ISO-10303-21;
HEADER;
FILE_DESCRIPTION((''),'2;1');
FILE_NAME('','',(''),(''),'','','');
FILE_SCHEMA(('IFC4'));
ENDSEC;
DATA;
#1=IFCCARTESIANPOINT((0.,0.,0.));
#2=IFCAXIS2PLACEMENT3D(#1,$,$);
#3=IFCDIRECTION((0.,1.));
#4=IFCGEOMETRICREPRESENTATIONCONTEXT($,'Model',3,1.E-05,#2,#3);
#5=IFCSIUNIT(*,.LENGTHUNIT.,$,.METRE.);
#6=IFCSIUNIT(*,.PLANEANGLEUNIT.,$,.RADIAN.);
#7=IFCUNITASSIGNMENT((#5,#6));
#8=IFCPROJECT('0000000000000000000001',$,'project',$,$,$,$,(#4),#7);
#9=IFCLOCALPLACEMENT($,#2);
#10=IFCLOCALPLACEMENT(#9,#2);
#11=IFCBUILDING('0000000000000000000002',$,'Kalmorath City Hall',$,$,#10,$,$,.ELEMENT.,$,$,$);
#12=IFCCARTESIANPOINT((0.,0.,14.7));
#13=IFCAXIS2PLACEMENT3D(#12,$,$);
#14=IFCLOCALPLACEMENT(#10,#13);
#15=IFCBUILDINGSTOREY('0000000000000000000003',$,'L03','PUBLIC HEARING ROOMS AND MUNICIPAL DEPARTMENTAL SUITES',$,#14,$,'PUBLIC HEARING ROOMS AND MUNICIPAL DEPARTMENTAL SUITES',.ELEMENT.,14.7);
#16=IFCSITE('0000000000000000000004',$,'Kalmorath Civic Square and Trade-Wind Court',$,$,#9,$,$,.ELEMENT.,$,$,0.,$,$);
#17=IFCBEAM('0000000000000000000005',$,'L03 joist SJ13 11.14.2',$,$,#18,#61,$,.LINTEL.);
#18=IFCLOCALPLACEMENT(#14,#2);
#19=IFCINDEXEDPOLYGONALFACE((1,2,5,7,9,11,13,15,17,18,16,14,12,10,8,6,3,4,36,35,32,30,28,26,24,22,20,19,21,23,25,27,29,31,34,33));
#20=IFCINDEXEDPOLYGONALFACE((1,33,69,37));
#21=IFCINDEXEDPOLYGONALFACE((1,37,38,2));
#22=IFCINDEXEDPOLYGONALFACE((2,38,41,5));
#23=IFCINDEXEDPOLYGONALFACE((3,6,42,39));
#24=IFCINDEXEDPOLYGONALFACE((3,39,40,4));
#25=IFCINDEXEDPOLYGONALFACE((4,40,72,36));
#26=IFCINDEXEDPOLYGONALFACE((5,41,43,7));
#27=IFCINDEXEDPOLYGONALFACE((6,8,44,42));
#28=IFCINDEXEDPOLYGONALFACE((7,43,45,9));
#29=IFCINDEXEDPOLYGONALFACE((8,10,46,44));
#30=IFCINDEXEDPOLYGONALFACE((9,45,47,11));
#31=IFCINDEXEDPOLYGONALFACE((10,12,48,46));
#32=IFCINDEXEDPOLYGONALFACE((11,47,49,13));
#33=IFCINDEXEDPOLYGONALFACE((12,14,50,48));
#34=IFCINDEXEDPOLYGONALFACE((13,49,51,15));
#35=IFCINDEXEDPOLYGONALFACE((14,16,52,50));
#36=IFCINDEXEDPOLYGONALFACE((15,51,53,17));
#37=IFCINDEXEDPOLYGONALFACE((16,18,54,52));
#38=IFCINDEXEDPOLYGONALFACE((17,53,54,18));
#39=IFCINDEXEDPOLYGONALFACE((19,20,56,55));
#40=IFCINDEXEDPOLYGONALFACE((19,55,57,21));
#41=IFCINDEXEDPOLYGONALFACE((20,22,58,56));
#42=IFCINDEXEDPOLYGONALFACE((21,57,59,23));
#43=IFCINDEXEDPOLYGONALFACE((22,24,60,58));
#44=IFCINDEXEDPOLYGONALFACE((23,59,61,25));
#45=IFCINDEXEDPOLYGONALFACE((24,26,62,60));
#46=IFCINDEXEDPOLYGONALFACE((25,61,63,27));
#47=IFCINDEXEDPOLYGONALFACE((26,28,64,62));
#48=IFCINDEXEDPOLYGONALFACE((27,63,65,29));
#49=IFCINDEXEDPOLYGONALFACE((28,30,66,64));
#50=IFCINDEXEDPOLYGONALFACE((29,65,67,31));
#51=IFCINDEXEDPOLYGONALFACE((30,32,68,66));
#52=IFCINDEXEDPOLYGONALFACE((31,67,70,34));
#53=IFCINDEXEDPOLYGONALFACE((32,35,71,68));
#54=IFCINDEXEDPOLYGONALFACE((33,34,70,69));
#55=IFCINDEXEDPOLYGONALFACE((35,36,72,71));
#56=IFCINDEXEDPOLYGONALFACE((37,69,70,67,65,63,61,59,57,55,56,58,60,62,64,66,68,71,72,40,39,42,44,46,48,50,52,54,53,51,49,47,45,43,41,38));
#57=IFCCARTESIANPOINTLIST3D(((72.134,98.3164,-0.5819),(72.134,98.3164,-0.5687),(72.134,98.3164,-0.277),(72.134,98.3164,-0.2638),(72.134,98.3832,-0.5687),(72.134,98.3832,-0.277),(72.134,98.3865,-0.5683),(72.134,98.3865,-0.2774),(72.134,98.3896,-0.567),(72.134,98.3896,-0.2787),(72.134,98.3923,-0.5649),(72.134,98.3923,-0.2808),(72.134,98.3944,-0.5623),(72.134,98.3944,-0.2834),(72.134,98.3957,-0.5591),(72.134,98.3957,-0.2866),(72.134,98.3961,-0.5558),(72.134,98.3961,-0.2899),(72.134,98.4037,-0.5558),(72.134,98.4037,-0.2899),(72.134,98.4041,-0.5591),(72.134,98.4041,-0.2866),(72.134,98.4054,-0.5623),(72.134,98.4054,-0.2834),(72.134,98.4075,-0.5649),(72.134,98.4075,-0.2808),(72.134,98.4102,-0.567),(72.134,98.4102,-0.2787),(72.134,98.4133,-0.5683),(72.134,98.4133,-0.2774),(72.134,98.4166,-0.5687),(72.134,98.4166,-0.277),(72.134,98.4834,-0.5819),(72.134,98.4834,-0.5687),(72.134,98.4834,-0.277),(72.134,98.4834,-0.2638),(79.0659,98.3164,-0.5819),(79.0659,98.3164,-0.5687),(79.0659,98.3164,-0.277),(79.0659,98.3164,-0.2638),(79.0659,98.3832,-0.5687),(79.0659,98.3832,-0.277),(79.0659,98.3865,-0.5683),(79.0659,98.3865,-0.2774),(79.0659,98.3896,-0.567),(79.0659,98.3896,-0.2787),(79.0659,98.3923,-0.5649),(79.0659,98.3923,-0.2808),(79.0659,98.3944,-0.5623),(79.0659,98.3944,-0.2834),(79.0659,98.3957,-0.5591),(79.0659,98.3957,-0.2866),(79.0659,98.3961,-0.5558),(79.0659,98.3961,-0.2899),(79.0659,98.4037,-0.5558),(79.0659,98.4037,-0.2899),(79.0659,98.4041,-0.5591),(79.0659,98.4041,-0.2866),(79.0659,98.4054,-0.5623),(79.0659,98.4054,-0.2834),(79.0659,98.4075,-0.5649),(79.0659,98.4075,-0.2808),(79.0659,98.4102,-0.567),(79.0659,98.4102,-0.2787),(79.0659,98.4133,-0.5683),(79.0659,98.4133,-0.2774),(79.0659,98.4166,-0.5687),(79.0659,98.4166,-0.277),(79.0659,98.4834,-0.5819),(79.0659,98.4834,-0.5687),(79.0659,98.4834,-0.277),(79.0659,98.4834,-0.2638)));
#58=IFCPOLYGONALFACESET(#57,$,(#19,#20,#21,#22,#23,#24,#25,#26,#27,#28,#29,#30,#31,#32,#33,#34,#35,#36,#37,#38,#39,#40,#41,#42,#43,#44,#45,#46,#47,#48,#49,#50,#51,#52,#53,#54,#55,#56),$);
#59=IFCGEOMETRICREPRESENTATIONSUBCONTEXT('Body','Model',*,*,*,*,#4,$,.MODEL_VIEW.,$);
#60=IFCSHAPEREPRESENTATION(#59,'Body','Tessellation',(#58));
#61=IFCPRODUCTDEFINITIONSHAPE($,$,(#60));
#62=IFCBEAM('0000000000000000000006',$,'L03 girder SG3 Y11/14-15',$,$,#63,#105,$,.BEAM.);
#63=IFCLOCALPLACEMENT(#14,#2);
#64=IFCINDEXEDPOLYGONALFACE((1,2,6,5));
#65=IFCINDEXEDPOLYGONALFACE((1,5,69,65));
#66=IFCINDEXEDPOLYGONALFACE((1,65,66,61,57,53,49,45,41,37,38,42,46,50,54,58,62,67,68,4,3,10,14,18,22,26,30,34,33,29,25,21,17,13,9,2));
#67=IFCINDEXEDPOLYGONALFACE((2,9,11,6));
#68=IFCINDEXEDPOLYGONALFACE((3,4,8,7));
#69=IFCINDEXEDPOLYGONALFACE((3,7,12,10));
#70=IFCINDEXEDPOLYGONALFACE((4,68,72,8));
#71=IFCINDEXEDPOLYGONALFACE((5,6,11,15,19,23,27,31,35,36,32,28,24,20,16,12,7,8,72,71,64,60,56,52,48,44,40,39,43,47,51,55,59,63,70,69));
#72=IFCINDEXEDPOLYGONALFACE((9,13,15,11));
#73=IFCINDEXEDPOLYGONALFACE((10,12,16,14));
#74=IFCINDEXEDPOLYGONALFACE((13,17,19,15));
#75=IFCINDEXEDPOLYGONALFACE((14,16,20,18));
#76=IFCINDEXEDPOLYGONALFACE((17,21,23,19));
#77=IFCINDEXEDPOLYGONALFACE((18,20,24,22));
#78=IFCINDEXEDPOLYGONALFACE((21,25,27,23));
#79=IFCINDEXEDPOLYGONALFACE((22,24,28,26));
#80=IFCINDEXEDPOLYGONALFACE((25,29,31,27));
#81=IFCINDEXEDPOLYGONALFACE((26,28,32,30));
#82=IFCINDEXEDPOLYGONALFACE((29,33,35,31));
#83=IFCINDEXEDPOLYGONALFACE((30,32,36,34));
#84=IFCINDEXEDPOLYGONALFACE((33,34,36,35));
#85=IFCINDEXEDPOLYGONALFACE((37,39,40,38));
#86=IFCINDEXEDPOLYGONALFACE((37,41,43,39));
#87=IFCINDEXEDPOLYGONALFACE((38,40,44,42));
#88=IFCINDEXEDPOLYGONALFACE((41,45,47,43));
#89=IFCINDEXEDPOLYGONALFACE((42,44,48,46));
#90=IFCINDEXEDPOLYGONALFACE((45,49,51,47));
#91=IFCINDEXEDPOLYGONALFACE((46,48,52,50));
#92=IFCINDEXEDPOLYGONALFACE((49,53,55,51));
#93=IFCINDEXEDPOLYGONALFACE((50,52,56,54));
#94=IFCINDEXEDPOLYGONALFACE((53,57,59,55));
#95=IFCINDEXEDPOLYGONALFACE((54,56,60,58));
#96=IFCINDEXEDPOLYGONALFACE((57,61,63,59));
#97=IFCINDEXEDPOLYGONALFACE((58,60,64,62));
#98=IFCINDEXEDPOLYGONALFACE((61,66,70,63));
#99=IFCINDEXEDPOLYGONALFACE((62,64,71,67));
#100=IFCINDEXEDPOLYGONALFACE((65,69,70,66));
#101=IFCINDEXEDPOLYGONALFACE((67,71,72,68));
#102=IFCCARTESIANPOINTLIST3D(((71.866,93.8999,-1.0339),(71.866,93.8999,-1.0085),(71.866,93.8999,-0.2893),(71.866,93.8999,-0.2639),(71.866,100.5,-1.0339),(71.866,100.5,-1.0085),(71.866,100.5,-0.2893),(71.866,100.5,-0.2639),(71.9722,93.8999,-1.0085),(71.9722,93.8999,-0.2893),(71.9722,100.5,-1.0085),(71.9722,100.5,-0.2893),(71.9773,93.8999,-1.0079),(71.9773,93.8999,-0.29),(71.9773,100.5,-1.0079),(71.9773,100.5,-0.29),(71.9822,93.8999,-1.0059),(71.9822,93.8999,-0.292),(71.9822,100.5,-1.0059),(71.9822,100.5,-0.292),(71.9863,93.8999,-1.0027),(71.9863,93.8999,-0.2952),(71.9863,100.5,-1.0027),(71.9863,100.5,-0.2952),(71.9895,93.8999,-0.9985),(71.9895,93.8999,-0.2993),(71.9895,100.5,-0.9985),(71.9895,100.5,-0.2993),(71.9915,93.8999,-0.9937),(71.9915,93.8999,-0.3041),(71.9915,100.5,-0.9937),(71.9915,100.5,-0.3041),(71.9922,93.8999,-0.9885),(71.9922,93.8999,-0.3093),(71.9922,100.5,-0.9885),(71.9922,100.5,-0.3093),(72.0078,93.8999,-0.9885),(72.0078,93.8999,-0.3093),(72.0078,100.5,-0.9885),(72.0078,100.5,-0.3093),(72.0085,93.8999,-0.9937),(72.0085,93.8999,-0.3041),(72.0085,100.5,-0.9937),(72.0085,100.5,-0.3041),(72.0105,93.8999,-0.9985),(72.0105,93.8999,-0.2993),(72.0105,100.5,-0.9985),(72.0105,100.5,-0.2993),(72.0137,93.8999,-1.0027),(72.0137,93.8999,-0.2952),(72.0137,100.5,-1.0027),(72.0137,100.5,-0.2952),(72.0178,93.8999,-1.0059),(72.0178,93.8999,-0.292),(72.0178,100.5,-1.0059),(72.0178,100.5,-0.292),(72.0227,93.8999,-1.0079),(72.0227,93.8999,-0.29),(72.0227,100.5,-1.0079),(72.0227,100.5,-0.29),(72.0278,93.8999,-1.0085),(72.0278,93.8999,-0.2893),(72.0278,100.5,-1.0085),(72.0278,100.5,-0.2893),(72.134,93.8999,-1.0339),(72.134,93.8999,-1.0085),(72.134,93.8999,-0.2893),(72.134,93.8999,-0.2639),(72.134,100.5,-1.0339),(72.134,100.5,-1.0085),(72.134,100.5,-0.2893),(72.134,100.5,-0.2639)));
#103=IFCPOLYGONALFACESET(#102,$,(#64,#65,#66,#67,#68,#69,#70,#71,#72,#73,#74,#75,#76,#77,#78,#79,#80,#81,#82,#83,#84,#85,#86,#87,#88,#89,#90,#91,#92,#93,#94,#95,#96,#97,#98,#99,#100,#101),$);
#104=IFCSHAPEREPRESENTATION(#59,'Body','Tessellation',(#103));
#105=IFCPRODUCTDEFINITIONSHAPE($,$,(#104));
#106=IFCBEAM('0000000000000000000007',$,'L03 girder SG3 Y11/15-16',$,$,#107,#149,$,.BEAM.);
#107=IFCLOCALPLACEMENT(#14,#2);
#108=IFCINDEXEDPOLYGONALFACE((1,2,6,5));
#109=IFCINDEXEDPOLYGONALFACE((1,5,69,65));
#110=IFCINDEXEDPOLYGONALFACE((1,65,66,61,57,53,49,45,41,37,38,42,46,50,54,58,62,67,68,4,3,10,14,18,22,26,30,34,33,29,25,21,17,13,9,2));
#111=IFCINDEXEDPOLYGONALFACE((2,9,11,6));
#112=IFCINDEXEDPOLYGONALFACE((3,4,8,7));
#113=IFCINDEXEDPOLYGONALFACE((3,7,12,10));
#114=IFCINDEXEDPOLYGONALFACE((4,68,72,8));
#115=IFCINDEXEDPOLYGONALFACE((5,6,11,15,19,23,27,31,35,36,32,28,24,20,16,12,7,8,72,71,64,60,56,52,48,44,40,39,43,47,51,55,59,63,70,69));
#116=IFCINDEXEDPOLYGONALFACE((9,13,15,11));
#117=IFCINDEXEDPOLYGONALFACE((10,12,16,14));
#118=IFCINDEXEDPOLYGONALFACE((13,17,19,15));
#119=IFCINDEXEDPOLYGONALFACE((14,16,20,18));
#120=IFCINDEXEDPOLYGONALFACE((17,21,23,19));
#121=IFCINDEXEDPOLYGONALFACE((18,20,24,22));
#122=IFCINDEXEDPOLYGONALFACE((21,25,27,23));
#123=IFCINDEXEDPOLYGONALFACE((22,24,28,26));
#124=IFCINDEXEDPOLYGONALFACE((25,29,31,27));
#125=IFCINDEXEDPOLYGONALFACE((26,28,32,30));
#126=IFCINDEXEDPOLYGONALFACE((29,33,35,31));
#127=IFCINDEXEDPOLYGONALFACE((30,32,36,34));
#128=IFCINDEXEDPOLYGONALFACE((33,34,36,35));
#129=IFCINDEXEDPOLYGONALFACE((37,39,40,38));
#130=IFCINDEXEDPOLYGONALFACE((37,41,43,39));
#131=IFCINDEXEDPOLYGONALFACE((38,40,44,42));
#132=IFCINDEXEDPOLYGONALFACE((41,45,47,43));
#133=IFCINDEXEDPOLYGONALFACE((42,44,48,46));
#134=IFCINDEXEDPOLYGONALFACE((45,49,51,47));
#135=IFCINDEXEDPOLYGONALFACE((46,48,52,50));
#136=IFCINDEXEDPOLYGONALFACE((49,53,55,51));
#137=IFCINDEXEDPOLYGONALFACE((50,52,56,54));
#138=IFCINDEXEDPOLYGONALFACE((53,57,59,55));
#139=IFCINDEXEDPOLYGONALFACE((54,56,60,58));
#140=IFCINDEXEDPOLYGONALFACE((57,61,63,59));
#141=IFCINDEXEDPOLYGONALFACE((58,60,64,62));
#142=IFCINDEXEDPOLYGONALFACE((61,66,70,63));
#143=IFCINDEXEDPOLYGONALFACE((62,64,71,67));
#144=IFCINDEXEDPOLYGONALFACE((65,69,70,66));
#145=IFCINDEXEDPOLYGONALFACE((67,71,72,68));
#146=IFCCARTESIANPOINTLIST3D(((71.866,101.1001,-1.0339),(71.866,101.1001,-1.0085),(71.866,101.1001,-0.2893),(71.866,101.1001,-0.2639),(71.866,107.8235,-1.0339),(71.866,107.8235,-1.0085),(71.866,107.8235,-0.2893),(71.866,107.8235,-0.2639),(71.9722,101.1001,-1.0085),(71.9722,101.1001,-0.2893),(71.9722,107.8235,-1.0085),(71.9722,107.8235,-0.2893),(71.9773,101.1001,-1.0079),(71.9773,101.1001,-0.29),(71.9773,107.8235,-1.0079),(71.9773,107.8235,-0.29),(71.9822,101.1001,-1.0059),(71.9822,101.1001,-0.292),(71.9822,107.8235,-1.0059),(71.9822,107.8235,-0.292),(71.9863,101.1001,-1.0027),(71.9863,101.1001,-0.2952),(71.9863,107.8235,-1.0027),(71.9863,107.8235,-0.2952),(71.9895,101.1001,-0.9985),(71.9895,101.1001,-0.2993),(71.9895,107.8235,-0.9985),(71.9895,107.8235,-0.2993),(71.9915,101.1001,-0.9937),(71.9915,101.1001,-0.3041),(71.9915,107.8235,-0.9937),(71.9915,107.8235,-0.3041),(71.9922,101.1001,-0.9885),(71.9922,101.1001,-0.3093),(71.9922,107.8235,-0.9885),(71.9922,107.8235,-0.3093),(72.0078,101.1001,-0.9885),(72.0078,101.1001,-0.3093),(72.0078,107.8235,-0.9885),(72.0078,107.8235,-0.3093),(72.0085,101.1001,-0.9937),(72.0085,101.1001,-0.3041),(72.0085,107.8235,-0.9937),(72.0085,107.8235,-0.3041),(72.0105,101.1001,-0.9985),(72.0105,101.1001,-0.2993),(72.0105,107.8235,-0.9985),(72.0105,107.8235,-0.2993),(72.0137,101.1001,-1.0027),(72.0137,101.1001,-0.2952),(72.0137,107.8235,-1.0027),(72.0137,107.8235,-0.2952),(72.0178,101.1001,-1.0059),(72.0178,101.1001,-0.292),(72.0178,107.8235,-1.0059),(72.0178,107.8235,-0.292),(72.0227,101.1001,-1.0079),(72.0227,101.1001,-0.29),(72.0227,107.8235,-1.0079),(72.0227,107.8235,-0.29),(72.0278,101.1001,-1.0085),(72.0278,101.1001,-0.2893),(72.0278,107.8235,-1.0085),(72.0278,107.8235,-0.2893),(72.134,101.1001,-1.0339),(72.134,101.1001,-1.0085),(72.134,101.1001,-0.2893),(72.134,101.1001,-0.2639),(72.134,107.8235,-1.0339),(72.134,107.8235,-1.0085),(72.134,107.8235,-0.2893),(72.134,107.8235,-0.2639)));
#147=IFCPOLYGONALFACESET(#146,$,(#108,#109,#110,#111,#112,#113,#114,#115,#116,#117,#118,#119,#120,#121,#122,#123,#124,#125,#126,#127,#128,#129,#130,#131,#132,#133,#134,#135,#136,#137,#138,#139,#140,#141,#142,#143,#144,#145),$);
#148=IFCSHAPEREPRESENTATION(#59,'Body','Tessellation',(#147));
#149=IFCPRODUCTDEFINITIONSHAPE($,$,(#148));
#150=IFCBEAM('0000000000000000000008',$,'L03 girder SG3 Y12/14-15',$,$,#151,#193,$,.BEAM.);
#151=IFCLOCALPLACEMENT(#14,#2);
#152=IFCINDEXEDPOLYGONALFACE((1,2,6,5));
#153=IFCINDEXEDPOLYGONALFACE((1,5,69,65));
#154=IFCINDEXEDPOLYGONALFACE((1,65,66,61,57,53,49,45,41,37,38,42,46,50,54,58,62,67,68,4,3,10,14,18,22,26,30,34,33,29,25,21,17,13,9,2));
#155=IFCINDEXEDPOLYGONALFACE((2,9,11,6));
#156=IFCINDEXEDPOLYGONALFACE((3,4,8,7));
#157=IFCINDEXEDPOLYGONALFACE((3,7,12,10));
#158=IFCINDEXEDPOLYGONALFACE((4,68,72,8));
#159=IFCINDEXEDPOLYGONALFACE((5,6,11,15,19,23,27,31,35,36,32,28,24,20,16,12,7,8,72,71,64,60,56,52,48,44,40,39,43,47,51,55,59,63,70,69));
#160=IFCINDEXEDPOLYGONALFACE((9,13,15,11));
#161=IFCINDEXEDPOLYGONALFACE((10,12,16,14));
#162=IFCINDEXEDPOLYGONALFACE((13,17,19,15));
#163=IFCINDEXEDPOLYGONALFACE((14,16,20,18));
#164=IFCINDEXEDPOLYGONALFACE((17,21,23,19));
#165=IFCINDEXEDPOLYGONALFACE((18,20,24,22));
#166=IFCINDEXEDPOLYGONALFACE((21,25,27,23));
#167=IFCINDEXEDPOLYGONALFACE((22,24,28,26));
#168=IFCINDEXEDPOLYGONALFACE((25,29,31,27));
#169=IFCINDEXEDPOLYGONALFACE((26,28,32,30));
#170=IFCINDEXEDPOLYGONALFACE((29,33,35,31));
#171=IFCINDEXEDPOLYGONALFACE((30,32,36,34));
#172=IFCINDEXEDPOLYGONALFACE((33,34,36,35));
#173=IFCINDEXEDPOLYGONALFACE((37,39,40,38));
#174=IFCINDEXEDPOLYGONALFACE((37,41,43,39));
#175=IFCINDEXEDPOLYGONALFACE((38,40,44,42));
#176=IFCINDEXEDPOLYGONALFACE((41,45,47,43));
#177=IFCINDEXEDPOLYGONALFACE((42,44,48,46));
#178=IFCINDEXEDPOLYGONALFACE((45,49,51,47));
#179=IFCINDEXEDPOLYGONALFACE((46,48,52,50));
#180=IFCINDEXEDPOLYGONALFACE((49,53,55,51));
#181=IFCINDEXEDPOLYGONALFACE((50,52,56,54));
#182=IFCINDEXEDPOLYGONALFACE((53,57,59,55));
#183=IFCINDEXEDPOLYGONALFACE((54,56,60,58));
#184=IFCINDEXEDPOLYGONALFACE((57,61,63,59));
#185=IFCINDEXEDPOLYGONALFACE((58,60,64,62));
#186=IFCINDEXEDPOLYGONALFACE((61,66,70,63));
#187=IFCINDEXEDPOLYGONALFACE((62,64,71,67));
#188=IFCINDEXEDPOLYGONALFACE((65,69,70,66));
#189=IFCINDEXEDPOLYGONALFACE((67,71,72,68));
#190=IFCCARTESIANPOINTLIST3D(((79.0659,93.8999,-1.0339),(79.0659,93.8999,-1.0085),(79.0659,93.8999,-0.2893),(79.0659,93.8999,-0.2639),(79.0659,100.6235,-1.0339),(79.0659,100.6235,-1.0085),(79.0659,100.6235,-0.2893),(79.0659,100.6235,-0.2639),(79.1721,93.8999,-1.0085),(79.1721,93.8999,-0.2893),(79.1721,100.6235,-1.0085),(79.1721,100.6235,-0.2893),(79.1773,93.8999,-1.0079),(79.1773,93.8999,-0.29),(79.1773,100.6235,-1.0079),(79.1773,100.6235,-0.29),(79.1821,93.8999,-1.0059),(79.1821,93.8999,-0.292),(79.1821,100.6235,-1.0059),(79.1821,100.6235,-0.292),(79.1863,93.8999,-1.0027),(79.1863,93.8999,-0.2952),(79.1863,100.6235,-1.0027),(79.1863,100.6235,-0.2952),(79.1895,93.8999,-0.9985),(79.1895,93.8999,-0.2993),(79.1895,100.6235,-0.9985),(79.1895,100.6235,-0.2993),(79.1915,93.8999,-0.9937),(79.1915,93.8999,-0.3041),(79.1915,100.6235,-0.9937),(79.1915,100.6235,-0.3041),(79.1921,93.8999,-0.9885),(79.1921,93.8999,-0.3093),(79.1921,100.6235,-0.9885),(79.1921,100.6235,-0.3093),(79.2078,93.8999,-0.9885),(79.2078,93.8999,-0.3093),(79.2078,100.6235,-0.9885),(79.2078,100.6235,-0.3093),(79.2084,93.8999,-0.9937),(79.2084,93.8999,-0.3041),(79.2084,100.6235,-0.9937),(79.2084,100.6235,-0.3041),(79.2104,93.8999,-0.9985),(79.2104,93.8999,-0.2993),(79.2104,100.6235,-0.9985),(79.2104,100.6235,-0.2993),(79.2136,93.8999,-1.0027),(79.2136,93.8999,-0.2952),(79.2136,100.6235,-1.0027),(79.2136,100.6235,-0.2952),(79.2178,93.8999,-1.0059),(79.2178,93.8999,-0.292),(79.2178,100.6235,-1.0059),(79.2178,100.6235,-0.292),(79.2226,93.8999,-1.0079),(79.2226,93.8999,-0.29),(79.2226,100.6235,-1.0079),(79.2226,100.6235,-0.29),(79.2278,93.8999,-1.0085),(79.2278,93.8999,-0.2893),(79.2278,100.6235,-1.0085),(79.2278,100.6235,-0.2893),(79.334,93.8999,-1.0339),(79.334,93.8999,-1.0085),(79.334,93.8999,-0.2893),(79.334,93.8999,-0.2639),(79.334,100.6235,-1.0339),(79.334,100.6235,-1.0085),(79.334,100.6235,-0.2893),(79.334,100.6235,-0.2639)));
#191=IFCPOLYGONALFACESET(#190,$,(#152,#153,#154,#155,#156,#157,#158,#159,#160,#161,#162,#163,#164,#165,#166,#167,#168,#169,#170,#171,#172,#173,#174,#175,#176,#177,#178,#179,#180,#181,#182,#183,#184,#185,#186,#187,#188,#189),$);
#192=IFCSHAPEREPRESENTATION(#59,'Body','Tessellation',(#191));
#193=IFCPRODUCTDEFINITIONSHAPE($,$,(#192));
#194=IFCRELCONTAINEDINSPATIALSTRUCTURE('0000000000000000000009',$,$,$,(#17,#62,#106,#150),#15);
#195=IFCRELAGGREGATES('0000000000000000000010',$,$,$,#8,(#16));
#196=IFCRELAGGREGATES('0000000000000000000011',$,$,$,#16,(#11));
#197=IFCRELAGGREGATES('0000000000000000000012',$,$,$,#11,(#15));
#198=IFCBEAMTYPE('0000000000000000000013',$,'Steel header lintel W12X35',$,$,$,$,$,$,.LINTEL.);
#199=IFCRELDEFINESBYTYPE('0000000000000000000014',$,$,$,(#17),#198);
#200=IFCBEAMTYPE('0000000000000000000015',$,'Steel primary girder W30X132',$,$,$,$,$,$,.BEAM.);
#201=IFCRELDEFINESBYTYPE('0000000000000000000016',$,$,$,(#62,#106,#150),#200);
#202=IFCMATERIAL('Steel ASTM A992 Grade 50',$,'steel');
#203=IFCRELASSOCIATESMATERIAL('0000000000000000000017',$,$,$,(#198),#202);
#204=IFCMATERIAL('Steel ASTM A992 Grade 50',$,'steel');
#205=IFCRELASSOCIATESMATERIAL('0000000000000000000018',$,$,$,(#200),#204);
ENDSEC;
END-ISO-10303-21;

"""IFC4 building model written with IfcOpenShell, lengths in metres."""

from ifc_helpers import new_model, si_unit, direction, frame, origin, origin_2d, place, context, subcontext, project, spatial, i_section, extrude, material, material_profile, profile_set, type_object, element, save


model = new_model("IFC4")

# Units and contexts
model_context = context("Model", 3, precision=1e-05, world=origin(), true_north=direction((0.0, 1.0)))
body_context = subcontext(model_context, "Body", "Model", "MODEL_VIEW")
ifc_project = project(units=[si_unit("LENGTHUNIT", "METRE"), si_unit("PLANEANGLEUNIT", "RADIAN")], contexts=[model_context])

# Site, building, storey
site_placement = place(None, origin())
site = spatial("IfcSite", under=ifc_project, at=site_placement, Name="Kalmorath Civic Square and Trade-Wind Court", CompositionType="ELEMENT", RefElevation=0.0)
building_placement = place(site_placement, origin())
building = spatial("IfcBuilding", under=site, at=building_placement, Name="Kalmorath City Hall", CompositionType="ELEMENT")
storey_placement = place(building_placement, frame((0.0, 0.0, 14.7)))
storey = spatial("IfcBuildingStorey", under=building, at=storey_placement, Name="L03", Description="PUBLIC HEARING ROOMS AND MUNICIPAL DEPARTMENTAL SUITES", LongName="PUBLIC HEARING ROOMS AND MUNICIPAL DEPARTMENTAL SUITES", CompositionType="ELEMENT", Elevation=14.7)

# Beams
ifc_material_1 = material(Name="Steel ASTM A992 Grade 50", Category="steel")
ifc_material_profile_1 = material_profile(ifc_material_1, i_section(OverallWidth=0.167, OverallDepth=0.3181, WebThickness=0.0076, FlangeThickness=0.0132, FilletRadius=0.0129, at=origin_2d()), Name="W12X35")
ifc_profile_set_1 = profile_set([ifc_material_profile_1], Name="Steel ASTM A992 Grade 50")
beam_type_1 = type_object("IfcBeamType", Name="Steel header lintel W12X35", PredefinedType="LINTEL", material=ifc_profile_set_1)
for number, where, z_axis, x_axis, name in (
    (1, (72.134, 98.3999, -0.4229), (1.0, 0.0, 0.0), (0.0, 1.0, 0.0), "L03 joist SJ13 11.14.2"),
):
    element("IfcBeam", number, at=place(storey_placement, frame(where, z_axis=z_axis, x_axis=x_axis)), inside=storey, type_object=beam_type_1, Name=name, PredefinedType="LINTEL", context=body_context, shape_type="SweptSolid", body=[
        extrude(i_section(OverallWidth=0.167, OverallDepth=0.3181, WebThickness=0.0076, FlangeThickness=0.0132, FilletRadius=0.0129, at=origin_2d()), origin(), (0.0, 0.0, 1.0), 6.9319),
    ])
ifc_material_2 = material(Name="Steel ASTM A992 Grade 50", Category="steel")
ifc_material_profile_2 = material_profile(ifc_material_2, i_section(OverallWidth=0.2681, OverallDepth=0.77, WebThickness=0.0156, FlangeThickness=0.0254, FilletRadius=0.02, at=origin_2d()), Name="W30X132")
ifc_profile_set_2 = profile_set([ifc_material_profile_2], Name="Steel ASTM A992 Grade 50")
beam_type_2 = type_object("IfcBeamType", Name="Steel primary girder W30X132", PredefinedType="BEAM", material=ifc_profile_set_2)
beam_1_placement = place(storey_placement, frame((72.0, 93.8999, -0.6489), z_axis=(0.0, 1.0, 0.0), x_axis=(-1.0, 0.0, 0.0)))
element("IfcBeam", 2, at=beam_1_placement, inside=storey, type_object=beam_type_2, Name="L03 girder SG3 Y11/14-15", PredefinedType="BEAM", context=body_context, shape_type="SweptSolid", body=[
    extrude(i_section(OverallWidth=0.2681, OverallDepth=0.77, WebThickness=0.0156, FlangeThickness=0.0254, FilletRadius=0.02, at=origin_2d()), origin(), (0.0, 0.0, 1.0), 6.6001),
])
beam_2_placement = place(storey_placement, frame((72.0, 101.1001, -0.6489), z_axis=(0.0, 1.0, 0.0), x_axis=(-1.0, 0.0, 0.0)))
element("IfcBeam", 3, at=beam_2_placement, inside=storey, type_object=beam_type_2, Name="L03 girder SG3 Y11/15-16", PredefinedType="BEAM", context=body_context, shape_type="SweptSolid", body=[
    extrude(i_section(OverallWidth=0.2681, OverallDepth=0.77, WebThickness=0.0156, FlangeThickness=0.0254, FilletRadius=0.02, at=origin_2d()), origin(), (0.0, 0.0, 1.0), 6.7234),
])
beam_3_placement = place(storey_placement, frame((79.2, 93.8999, -0.6489), z_axis=(0.0, 1.0, 0.0), x_axis=(-1.0, 0.0, 0.0)))
element("IfcBeam", 4, at=beam_3_placement, inside=storey, type_object=beam_type_2, Name="L03 girder SG3 Y12/14-15", PredefinedType="BEAM", context=body_context, shape_type="SweptSolid", body=[
    extrude(i_section(OverallWidth=0.2681, OverallDepth=0.77, WebThickness=0.0156, FlangeThickness=0.0254, FilletRadius=0.02, at=origin_2d()), origin(), (0.0, 0.0, 1.0), 6.7236),
])

save(model, "model.ifc")
